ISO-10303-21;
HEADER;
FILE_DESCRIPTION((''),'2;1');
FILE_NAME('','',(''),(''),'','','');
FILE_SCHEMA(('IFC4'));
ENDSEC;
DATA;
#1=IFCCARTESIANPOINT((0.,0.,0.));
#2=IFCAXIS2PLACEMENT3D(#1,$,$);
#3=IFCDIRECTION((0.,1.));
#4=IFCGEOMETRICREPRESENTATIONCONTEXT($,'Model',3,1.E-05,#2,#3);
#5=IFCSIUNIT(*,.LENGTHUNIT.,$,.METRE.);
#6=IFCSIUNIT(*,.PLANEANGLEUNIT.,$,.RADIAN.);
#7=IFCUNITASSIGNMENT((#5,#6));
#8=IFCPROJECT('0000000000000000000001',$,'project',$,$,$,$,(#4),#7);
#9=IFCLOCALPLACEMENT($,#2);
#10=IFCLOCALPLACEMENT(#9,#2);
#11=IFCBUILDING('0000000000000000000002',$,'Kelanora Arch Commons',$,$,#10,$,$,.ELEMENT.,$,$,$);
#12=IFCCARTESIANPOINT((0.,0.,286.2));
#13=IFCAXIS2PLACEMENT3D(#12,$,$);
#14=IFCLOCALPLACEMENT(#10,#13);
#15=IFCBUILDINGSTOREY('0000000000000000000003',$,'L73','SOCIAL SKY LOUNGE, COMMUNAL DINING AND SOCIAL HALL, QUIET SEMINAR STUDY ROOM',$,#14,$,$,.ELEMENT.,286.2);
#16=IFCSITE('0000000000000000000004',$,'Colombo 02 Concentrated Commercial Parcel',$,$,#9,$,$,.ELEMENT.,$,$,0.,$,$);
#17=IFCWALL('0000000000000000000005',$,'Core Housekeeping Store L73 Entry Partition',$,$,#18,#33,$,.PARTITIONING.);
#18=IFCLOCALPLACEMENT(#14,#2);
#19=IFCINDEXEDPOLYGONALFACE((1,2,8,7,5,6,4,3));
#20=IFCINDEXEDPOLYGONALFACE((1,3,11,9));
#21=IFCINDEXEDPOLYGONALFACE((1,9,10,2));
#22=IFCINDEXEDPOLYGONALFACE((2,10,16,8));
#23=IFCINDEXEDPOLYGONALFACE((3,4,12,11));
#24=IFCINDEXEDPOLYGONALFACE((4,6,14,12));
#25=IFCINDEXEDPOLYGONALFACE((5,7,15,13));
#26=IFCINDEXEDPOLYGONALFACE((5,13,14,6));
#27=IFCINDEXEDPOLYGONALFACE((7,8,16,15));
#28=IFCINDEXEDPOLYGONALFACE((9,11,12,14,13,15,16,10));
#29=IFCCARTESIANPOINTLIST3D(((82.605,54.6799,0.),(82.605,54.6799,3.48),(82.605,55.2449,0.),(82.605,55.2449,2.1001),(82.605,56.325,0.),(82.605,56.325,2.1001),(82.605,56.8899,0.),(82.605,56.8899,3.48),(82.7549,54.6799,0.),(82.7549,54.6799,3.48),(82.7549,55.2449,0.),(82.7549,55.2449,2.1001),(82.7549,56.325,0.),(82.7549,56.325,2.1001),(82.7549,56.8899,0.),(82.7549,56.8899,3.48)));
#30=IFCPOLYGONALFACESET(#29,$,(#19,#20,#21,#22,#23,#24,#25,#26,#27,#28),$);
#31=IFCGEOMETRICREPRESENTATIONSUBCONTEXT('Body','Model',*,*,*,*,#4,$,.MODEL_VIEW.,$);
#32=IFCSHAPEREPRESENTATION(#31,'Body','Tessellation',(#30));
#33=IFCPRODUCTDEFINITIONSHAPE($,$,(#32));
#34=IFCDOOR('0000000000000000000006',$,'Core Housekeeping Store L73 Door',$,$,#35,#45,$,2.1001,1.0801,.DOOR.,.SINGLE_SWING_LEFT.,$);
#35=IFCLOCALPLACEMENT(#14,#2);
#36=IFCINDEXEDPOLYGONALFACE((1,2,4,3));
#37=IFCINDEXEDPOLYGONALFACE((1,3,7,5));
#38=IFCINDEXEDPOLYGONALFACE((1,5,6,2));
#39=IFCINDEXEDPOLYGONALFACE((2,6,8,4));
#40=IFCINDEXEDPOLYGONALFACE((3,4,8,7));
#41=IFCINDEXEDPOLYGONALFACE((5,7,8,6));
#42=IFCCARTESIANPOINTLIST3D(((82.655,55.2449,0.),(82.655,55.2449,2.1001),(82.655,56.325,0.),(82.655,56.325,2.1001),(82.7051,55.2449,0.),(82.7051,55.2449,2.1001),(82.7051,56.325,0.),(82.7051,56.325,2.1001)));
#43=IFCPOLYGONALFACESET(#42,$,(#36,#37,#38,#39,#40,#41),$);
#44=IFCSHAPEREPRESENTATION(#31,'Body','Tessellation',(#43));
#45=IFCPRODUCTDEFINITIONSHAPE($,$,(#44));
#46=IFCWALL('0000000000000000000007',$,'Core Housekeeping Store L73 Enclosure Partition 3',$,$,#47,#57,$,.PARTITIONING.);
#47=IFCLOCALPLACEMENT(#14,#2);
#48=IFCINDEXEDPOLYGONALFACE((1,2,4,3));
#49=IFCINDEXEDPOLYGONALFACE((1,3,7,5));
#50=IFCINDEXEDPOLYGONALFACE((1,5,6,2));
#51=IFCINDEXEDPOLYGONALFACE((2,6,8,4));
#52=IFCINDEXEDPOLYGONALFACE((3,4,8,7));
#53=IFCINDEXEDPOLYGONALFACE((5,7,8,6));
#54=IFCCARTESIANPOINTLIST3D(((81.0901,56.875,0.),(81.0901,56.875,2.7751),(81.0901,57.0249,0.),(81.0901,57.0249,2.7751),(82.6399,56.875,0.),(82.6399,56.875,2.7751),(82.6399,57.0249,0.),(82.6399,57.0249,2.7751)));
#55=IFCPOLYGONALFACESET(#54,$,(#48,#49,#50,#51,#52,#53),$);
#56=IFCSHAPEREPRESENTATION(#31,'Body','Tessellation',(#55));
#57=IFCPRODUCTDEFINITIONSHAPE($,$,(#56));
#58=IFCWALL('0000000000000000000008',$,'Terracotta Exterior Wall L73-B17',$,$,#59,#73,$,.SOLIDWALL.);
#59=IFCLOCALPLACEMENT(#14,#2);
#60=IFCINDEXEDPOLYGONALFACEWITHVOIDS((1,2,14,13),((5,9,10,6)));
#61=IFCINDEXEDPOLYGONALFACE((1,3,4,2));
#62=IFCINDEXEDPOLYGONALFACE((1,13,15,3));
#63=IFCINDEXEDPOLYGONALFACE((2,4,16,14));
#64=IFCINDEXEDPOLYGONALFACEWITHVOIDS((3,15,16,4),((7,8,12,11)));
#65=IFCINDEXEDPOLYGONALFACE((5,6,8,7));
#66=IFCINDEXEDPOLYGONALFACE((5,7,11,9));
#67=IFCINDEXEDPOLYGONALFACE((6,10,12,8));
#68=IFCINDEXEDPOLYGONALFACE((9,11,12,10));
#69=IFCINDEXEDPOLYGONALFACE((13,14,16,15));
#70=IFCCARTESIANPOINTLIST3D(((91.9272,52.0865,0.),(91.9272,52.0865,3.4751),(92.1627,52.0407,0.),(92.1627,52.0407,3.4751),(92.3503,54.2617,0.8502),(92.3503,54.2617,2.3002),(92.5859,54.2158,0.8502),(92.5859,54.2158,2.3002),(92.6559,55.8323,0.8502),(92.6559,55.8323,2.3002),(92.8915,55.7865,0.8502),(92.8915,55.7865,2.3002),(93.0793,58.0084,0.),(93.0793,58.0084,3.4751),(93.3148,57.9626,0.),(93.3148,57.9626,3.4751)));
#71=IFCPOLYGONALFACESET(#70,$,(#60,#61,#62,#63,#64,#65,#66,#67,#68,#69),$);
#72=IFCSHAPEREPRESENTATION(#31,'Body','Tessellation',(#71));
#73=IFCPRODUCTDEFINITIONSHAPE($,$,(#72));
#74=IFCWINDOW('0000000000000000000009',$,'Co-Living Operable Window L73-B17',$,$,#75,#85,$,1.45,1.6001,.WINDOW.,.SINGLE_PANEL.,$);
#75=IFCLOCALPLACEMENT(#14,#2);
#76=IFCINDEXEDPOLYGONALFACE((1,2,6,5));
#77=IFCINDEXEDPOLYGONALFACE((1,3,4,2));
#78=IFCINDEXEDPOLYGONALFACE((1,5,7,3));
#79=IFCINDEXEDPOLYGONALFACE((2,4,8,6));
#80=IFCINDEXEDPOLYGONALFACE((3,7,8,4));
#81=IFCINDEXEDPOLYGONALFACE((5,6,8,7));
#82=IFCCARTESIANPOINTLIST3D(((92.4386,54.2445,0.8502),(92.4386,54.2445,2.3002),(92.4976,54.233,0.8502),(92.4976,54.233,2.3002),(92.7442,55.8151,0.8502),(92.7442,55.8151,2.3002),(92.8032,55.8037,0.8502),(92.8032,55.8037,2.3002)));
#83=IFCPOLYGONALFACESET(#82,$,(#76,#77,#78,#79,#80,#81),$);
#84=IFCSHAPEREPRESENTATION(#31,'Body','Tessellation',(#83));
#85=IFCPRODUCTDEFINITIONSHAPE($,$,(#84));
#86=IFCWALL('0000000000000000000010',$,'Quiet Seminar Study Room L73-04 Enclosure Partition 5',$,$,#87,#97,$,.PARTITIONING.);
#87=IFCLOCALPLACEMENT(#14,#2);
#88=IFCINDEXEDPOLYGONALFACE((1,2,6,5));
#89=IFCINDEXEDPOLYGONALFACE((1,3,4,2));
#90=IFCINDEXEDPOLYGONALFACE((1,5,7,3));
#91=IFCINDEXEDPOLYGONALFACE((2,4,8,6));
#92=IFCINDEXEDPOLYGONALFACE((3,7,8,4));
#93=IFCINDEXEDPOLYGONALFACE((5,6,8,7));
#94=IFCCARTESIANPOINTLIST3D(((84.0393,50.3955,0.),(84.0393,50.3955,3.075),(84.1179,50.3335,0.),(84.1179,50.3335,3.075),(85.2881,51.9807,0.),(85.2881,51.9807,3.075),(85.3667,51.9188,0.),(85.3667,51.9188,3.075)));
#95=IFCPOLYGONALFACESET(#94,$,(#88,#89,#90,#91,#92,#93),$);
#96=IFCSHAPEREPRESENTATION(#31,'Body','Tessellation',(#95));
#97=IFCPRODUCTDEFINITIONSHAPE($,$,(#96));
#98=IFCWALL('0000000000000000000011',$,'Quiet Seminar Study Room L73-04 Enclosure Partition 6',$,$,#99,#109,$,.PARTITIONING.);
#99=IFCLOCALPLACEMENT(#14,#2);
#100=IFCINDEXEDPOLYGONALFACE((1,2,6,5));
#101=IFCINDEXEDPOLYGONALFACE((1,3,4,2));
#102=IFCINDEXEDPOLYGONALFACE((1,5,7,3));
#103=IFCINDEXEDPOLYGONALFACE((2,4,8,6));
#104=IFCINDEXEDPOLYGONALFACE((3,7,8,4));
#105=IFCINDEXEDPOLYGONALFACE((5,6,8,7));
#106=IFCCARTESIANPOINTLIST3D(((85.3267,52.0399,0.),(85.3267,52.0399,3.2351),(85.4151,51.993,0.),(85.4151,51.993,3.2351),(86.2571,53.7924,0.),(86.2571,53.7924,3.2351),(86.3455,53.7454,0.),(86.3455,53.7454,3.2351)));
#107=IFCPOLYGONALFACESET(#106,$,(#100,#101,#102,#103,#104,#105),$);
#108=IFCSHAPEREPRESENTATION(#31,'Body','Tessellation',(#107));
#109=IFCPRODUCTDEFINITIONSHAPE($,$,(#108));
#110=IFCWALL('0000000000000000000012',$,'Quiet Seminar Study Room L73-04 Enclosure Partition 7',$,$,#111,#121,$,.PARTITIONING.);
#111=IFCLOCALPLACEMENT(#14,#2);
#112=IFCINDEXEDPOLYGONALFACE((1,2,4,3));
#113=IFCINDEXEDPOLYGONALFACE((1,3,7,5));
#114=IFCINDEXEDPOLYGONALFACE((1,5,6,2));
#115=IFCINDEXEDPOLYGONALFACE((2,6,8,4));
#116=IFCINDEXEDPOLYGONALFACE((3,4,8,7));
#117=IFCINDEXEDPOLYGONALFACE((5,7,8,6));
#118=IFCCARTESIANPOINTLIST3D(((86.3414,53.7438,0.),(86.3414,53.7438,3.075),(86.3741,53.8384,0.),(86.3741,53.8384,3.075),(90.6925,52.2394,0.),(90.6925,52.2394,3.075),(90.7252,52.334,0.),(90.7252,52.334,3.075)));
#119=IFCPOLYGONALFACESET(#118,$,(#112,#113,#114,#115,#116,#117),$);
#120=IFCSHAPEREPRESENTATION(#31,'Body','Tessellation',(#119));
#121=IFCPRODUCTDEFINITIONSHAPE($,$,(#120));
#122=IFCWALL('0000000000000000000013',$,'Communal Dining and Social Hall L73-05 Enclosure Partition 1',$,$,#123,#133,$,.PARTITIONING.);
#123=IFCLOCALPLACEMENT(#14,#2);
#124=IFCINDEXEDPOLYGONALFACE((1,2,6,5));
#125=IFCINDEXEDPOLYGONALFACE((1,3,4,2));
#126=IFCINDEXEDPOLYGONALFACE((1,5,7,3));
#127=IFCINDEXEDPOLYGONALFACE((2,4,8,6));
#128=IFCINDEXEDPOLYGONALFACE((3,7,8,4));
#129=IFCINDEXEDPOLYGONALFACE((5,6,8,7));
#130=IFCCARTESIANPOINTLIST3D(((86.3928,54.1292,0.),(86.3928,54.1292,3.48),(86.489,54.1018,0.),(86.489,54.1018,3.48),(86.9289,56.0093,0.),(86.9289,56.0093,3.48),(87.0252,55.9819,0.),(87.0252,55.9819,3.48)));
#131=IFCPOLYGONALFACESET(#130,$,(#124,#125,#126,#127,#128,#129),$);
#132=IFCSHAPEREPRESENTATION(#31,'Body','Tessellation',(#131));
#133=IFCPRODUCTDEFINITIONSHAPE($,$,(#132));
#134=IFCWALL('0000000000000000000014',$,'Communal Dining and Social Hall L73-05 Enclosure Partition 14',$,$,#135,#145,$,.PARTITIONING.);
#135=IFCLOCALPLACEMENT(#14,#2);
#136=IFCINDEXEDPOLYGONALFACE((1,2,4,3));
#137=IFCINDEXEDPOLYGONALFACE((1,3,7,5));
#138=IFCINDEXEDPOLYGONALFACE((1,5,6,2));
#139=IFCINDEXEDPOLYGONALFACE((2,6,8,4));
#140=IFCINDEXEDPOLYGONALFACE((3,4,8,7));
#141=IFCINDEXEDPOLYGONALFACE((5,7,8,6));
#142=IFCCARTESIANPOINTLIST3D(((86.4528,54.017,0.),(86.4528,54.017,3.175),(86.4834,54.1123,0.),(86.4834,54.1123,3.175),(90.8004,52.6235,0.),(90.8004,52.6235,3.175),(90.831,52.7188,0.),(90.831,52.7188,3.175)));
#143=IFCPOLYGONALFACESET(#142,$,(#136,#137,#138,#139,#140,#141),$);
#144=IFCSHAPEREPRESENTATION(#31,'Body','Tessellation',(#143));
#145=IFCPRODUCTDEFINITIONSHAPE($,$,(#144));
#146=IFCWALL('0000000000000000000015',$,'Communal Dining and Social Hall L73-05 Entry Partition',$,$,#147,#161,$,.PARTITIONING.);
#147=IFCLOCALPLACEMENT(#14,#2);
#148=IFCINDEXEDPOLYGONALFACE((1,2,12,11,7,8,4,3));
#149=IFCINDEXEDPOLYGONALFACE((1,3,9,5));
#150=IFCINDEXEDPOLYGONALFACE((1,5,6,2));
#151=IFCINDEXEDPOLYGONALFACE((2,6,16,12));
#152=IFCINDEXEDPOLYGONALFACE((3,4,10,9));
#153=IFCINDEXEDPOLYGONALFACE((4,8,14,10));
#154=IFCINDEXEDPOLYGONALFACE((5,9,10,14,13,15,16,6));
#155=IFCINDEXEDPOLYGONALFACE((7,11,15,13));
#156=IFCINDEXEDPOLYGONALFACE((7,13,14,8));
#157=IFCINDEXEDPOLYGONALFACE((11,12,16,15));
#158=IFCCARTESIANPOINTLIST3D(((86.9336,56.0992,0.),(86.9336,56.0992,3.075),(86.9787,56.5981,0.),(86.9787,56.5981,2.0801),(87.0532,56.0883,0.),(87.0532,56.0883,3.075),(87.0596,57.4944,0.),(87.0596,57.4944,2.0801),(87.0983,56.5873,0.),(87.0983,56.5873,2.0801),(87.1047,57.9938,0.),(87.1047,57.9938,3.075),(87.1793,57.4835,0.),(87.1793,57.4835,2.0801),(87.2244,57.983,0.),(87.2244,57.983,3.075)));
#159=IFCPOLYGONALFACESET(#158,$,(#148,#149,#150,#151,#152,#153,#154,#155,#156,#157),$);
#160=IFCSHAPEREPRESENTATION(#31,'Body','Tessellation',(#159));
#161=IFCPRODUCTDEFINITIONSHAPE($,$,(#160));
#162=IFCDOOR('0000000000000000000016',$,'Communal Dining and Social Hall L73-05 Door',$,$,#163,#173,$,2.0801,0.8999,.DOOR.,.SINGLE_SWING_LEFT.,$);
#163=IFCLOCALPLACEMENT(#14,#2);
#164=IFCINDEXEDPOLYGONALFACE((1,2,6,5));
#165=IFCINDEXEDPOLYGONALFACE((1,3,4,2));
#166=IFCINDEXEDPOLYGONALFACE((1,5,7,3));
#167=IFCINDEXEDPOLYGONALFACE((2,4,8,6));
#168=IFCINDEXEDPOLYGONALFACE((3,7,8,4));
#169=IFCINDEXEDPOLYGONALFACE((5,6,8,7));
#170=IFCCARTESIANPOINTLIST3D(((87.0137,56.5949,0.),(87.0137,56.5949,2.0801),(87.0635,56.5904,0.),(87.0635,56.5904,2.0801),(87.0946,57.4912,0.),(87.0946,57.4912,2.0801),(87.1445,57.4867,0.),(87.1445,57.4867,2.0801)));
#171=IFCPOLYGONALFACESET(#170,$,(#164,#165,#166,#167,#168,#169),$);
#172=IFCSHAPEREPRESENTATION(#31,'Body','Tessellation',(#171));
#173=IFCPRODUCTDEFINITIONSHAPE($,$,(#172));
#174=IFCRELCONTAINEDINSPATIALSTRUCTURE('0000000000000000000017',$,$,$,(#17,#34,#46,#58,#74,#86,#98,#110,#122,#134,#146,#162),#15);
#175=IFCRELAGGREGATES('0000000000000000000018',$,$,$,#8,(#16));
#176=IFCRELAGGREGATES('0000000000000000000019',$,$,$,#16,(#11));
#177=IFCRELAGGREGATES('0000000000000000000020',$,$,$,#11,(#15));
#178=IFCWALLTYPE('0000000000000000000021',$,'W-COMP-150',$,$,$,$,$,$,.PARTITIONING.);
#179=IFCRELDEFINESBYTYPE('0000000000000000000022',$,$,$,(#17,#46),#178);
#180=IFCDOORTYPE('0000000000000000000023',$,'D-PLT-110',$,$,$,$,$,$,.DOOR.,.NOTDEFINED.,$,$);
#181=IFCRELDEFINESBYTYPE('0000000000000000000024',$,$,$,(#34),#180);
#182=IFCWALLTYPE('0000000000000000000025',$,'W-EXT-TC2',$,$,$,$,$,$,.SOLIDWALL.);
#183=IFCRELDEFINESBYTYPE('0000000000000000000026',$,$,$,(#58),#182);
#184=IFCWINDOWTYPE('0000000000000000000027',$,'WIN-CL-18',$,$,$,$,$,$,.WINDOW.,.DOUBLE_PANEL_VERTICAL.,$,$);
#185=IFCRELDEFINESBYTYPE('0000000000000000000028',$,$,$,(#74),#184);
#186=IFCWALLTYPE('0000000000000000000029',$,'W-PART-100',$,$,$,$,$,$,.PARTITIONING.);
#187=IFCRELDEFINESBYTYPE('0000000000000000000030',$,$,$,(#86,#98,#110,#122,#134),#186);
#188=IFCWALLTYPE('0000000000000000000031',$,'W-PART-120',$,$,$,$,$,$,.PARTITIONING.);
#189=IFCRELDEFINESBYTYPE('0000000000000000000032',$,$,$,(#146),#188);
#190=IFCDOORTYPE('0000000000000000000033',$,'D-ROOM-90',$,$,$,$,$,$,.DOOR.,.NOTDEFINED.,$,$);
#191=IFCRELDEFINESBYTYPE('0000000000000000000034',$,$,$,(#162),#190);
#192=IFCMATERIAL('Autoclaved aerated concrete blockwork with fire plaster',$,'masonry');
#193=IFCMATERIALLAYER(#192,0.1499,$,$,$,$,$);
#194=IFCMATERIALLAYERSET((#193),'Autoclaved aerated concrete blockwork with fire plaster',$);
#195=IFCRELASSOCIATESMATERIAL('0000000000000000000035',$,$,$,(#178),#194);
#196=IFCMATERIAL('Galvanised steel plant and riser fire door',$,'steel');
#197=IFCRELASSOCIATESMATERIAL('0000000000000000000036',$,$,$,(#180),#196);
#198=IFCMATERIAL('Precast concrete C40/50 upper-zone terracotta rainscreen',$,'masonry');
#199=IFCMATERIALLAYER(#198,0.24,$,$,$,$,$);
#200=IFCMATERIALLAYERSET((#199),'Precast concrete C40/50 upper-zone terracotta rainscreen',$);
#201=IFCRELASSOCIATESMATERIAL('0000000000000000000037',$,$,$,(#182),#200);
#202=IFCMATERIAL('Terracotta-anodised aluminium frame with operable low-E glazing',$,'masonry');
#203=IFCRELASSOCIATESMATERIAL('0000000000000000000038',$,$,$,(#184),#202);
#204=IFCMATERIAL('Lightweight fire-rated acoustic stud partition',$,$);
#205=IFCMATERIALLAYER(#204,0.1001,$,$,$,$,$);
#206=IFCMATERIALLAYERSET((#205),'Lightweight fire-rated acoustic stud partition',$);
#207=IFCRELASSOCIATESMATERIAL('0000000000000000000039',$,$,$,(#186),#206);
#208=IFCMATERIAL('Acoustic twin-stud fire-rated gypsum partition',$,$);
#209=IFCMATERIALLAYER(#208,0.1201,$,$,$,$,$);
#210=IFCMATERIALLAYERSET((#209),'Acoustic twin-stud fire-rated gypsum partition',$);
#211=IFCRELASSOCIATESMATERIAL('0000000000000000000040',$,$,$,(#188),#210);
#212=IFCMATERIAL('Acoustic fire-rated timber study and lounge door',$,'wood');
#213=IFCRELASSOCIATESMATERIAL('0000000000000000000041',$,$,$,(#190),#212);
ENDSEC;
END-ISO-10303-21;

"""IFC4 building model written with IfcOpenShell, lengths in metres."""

from ifc_helpers import new_model, si_unit, direction, frame, frame_2d, origin, place, context, subcontext, project, spatial, rectangle, extrude, material, layer, layer_set, type_object, element, fill, save


model = new_model("IFC4")

# Units and contexts
model_context = context("Model", 3, precision=1e-05, world=origin(), true_north=direction((0.0, 1.0)))
body_context = subcontext(model_context, "Body", "Model", "MODEL_VIEW")
ifc_project = project(units=[si_unit("LENGTHUNIT", "METRE"), si_unit("PLANEANGLEUNIT", "RADIAN")], contexts=[model_context])

# Site, building, storey
site_placement = place(None, origin())
site = spatial("IfcSite", under=ifc_project, at=site_placement, Name="Colombo 02 Concentrated Commercial Parcel", CompositionType="ELEMENT", RefElevation=0.0)
building_placement = place(site_placement, origin())
building = spatial("IfcBuilding", under=site, at=building_placement, Name="Kelanora Arch Commons", CompositionType="ELEMENT")
storey_placement = place(building_placement, frame((0.0, 0.0, 286.2)))
storey = spatial("IfcBuildingStorey", under=building, at=storey_placement, Name="L73", Description="SOCIAL SKY LOUNGE, COMMUNAL DINING AND SOCIAL HALL, QUIET SEMINAR STUDY ROOM", CompositionType="ELEMENT", Elevation=286.2)

# Wall, opening, door
ifc_material_1 = material(Name="Autoclaved aerated concrete blockwork with fire plaster", Category="masonry")
ifc_layer_1 = layer(ifc_material_1, 0.1499)
ifc_layer_set_1 = layer_set([ifc_layer_1], Name="Autoclaved aerated concrete blockwork with fire plaster")
wall_type_1 = type_object("IfcWallType", Name="W-COMP-150", PredefinedType="PARTITIONING", material=ifc_layer_set_1)
wall_1_placement = place(storey_placement, frame((82.6799, 54.6799, 0.0), z_axis=(0.0, 0.0, 1.0), x_axis=(0.0, 1.0, 0.0)))
wall_1 = element("IfcWall", 1, at=wall_1_placement, inside=storey, type_object=wall_type_1, Name="Core Housekeeping Store L73 Entry Partition", PredefinedType="PARTITIONING", context=body_context, shape_type="SweptSolid", body=[
    extrude(rectangle(XDim=2.21, YDim=0.1499, at=frame_2d((1.105, 0.0))), origin(), (0.0, 0.0, 1.0), 3.48),
])
opening_1_placement = place(wall_1_placement, frame((0.5649, 0.0, 0.0)))
opening_1 = element("IfcOpeningElement", 2, at=opening_1_placement, cuts=wall_1, PredefinedType="OPENING", context=body_context, shape_type="SweptSolid", body=[
    extrude(rectangle(XDim=1.0801, YDim=2.1001, at=frame_2d((0.54, 1.05))), frame((0.0, 0.085, 0.0), z_axis=(0.0, -1.0, 0.0), x_axis=(1.0, 0.0, 0.0)), (0.0, 0.0, 1.0), 0.1699),
])
ifc_material_2 = material(Name="Galvanised steel plant and riser fire door", Category="steel")
door_type_1 = type_object("IfcDoorType", Name="D-PLT-110", OperationType="NOTDEFINED", PredefinedType="DOOR", material=ifc_material_2)
door_1_placement = place(opening_1_placement, origin())
door_1 = element("IfcDoor", 3, at=door_1_placement, inside=storey, type_object=door_type_1, Name="Core Housekeeping Store L73 Door", OperationType="SINGLE_SWING_LEFT", OverallHeight=2.1001, OverallWidth=1.0801, PredefinedType="DOOR", context=body_context, shape_type="SweptSolid", body=[
    extrude(rectangle(XDim=1.0801, YDim=2.1001, at=frame_2d((0.54, 1.05))), frame((0.0, 0.0249, 0.0), z_axis=(0.0, -1.0, 0.0), x_axis=(1.0, 0.0, 0.0)), (0.0, 0.0, 1.0), 0.05),
])
fill(opening_1, door_1)

# Wall
wall_2_placement = place(storey_placement, frame((82.6399, 56.95, 0.0), z_axis=(0.0, 0.0, 1.0), x_axis=(-1.0, 0.0, 0.0)))
element("IfcWall", 4, at=wall_2_placement, inside=storey, type_object=wall_type_1, Name="Core Housekeeping Store L73 Enclosure Partition 3", PredefinedType="PARTITIONING", context=body_context, shape_type="SweptSolid", body=[
    extrude(rectangle(XDim=1.5498, YDim=0.1499, at=frame_2d((0.7749, 0.0))), origin(), (0.0, 0.0, 1.0), 2.7751),
])

# Wall, opening, window
ifc_material_3 = material(Name="Precast concrete C40/50 upper-zone terracotta rainscreen", Category="masonry")
ifc_layer_2 = layer(ifc_material_3, 0.24)
ifc_layer_set_2 = layer_set([ifc_layer_2], Name="Precast concrete C40/50 upper-zone terracotta rainscreen")
wall_type_2 = type_object("IfcWallType", Name="W-EXT-TC2", PredefinedType="SOLIDWALL", material=ifc_layer_set_2)
wall_3_placement = place(storey_placement, frame((92.0449, 52.0635, 0.0), z_axis=(0.0, 0.0, 1.0), x_axis=(0.190969, 0.981596, 0.0)))
wall_3 = element("IfcWall", 5, at=wall_3_placement, inside=storey, type_object=wall_type_2, Name="Terracotta Exterior Wall L73-B17", PredefinedType="SOLIDWALL", context=body_context, shape_type="SweptSolid", body=[
    extrude(rectangle(XDim=6.033, YDim=0.24, at=frame_2d((3.0166, 0.0))), origin(), (0.0, 0.0, 1.0), 3.4751),
])
opening_2_placement = place(wall_3_placement, frame((2.2161, 0.0, 0.8501)))
opening_2 = element("IfcOpeningElement", 6, at=opening_2_placement, cuts=wall_3, PredefinedType="OPENING", context=body_context, shape_type="SweptSolid", body=[
    extrude(rectangle(XDim=1.6001, YDim=1.45, at=frame_2d((0.8, 0.7251))), frame((0.0, 0.1299, 0.0), z_axis=(0.0, -1.0, 0.0), x_axis=(1.0, 0.0, 0.0)), (0.0, 0.0, 1.0), 0.26),
])
ifc_material_4 = material(Name="Terracotta-anodised aluminium frame with operable low-E glazing", Category="masonry")
window_type = type_object("IfcWindowType", Name="WIN-CL-18", PartitioningType="DOUBLE_PANEL_VERTICAL", PredefinedType="WINDOW", material=ifc_material_4)
window_placement = place(opening_2_placement, origin())
window = element("IfcWindow", 7, at=window_placement, inside=storey, type_object=window_type, Name="Co-Living Operable Window L73-B17", OverallHeight=1.45, OverallWidth=1.6001, PartitioningType="SINGLE_PANEL", PredefinedType="WINDOW", context=body_context, shape_type="SweptSolid", body=[
    extrude(rectangle(XDim=1.6001, YDim=1.45, at=frame_2d((0.8, 0.7251))), frame((0.0, 0.03, 0.0), z_axis=(0.0, -1.0, 0.0), x_axis=(1.0, 0.0, 0.0)), (0.0, 0.0, 1.0), 0.0601),
])
fill(opening_2, window)

# Walls
ifc_material_5 = material(Name="Lightweight fire-rated acoustic stud partition")
ifc_layer_3 = layer(ifc_material_5, 0.1001)
ifc_layer_set_3 = layer_set([ifc_layer_3], Name="Lightweight fire-rated acoustic stud partition")
wall_type_3 = type_object("IfcWallType", Name="W-PART-100", PredefinedType="PARTITIONING", material=ifc_layer_set_3)
wall_4_placement = place(storey_placement, frame((84.0786, 50.3645, 0.0), z_axis=(0.0, 0.0, 1.0), x_axis=(0.61882, 0.785533, 0.0)))
element("IfcWall", 8, at=wall_4_placement, inside=storey, type_object=wall_type_3, Name="Quiet Seminar Study Room L73-04 Enclosure Partition 5", PredefinedType="PARTITIONING", context=body_context, shape_type="SweptSolid", body=[
    extrude(rectangle(XDim=2.0181, YDim=0.1001, at=frame_2d((1.009, 0.0))), origin(), (0.0, 0.0, 1.0), 3.075),
])
wall_5_placement = place(storey_placement, frame((85.3708, 52.0164, 0.0), z_axis=(0.0, 0.0, 1.0), x_axis=(0.468933, 0.883234, 0.0)))
element("IfcWall", 9, at=wall_5_placement, inside=storey, type_object=wall_type_3, Name="Quiet Seminar Study Room L73-04 Enclosure Partition 6", PredefinedType="PARTITIONING", context=body_context, shape_type="SweptSolid", body=[
    extrude(rectangle(XDim=1.9841, YDim=0.1001, at=frame_2d((0.9922, 0.0))), origin(), (0.0, 0.0, 1.0), 3.2351),
])
wall_6_placement = place(storey_placement, frame((86.3579, 53.791, 0.0), z_axis=(0.0, 0.0, 1.0), x_axis=(0.945103, -0.326772, 0.0)))
element("IfcWall", 10, at=wall_6_placement, inside=storey, type_object=wall_type_3, Name="Quiet Seminar Study Room L73-04 Enclosure Partition 7", PredefinedType="PARTITIONING", context=body_context, shape_type="SweptSolid", body=[
    extrude(rectangle(XDim=4.6038, YDim=0.1001, at=frame_2d((2.3018, 0.0))), origin(), (0.0, 0.0, 1.0), 3.075),
])
wall_7_placement = place(storey_placement, frame((86.4409, 54.1155, 0.0), z_axis=(0.0, 0.0, 1.0), x_axis=(0.274226, 0.961665, 0.0)))
element("IfcWall", 11, at=wall_7_placement, inside=storey, type_object=wall_type_3, Name="Communal Dining and Social Hall L73-05 Enclosure Partition 1", PredefinedType="PARTITIONING", context=body_context, shape_type="SweptSolid", body=[
    extrude(rectangle(XDim=1.9551, YDim=0.1001, at=frame_2d((0.9775, 0.0))), origin(), (0.0, 0.0, 1.0), 3.48),
])
wall_8_placement = place(storey_placement, frame((90.8157, 52.6711, 0.0), z_axis=(0.0, 0.0, 1.0), x_axis=(-0.952278, 0.305234, 0.0)))
element("IfcWall", 12, at=wall_8_placement, inside=storey, type_object=wall_type_3, Name="Communal Dining and Social Hall L73-05 Enclosure Partition 14", PredefinedType="PARTITIONING", context=body_context, shape_type="SweptSolid", body=[
    extrude(rectangle(XDim=4.5654, YDim=0.1001, at=frame_2d((2.2827, 0.0))), origin(), (0.0, 0.0, 1.0), 3.175),
])

# Wall, opening, door
ifc_material_6 = material(Name="Acoustic twin-stud fire-rated gypsum partition")
ifc_layer_4 = layer(ifc_material_6, 0.1201)
ifc_layer_set_4 = layer_set([ifc_layer_4], Name="Acoustic twin-stud fire-rated gypsum partition")
wall_type_4 = type_object("IfcWallType", Name="W-PART-120", PredefinedType="PARTITIONING", material=ifc_layer_set_4)
wall_9_placement = place(storey_placement, frame((86.9934, 56.0938, 0.0), z_axis=(0.0, 0.0, 1.0), x_axis=(0.089969, 0.995945, 0.0)))
wall_9 = element("IfcWall", 13, at=wall_9_placement, inside=storey, type_object=wall_type_4, Name="Communal Dining and Social Hall L73-05 Entry Partition", PredefinedType="PARTITIONING", context=body_context, shape_type="SweptSolid", body=[
    extrude(rectangle(XDim=1.9023, YDim=0.1201, at=frame_2d((0.9512, 0.0))), origin(), (0.0, 0.0, 1.0), 3.075),
])
opening_3_placement = place(wall_9_placement, frame((0.501, 0.0, 0.0)))
opening_3 = element("IfcOpeningElement", 14, at=opening_3_placement, cuts=wall_9, PredefinedType="OPENING", context=body_context, shape_type="SweptSolid", body=[
    extrude(rectangle(XDim=0.8999, YDim=2.0801, at=frame_2d((0.45, 1.04))), frame((0.0, 0.0701, 0.0), z_axis=(0.0, -1.0, 0.0), x_axis=(1.0, 0.0, 0.0)), (0.0, 0.0, 1.0), 0.1401),
])
ifc_material_7 = material(Name="Acoustic fire-rated timber study and lounge door", Category="wood")
door_type_2 = type_object("IfcDoorType", Name="D-ROOM-90", OperationType="NOTDEFINED", PredefinedType="DOOR", material=ifc_material_7)
door_2_placement = place(opening_3_placement, origin())
door_2 = element("IfcDoor", 15, at=door_2_placement, inside=storey, type_object=door_type_2, Name="Communal Dining and Social Hall L73-05 Door", OperationType="SINGLE_SWING_LEFT", OverallHeight=2.0801, OverallWidth=0.8999, PredefinedType="DOOR", context=body_context, shape_type="SweptSolid", body=[
    extrude(rectangle(XDim=0.8999, YDim=2.0801, at=frame_2d((0.45, 1.04))), frame((0.0, 0.0249, 0.0), z_axis=(0.0, -1.0, 0.0), x_axis=(1.0, 0.0, 0.0)), (0.0, 0.0, 1.0), 0.05),
])
fill(opening_3, door_2)

save(model, "model.ifc")
